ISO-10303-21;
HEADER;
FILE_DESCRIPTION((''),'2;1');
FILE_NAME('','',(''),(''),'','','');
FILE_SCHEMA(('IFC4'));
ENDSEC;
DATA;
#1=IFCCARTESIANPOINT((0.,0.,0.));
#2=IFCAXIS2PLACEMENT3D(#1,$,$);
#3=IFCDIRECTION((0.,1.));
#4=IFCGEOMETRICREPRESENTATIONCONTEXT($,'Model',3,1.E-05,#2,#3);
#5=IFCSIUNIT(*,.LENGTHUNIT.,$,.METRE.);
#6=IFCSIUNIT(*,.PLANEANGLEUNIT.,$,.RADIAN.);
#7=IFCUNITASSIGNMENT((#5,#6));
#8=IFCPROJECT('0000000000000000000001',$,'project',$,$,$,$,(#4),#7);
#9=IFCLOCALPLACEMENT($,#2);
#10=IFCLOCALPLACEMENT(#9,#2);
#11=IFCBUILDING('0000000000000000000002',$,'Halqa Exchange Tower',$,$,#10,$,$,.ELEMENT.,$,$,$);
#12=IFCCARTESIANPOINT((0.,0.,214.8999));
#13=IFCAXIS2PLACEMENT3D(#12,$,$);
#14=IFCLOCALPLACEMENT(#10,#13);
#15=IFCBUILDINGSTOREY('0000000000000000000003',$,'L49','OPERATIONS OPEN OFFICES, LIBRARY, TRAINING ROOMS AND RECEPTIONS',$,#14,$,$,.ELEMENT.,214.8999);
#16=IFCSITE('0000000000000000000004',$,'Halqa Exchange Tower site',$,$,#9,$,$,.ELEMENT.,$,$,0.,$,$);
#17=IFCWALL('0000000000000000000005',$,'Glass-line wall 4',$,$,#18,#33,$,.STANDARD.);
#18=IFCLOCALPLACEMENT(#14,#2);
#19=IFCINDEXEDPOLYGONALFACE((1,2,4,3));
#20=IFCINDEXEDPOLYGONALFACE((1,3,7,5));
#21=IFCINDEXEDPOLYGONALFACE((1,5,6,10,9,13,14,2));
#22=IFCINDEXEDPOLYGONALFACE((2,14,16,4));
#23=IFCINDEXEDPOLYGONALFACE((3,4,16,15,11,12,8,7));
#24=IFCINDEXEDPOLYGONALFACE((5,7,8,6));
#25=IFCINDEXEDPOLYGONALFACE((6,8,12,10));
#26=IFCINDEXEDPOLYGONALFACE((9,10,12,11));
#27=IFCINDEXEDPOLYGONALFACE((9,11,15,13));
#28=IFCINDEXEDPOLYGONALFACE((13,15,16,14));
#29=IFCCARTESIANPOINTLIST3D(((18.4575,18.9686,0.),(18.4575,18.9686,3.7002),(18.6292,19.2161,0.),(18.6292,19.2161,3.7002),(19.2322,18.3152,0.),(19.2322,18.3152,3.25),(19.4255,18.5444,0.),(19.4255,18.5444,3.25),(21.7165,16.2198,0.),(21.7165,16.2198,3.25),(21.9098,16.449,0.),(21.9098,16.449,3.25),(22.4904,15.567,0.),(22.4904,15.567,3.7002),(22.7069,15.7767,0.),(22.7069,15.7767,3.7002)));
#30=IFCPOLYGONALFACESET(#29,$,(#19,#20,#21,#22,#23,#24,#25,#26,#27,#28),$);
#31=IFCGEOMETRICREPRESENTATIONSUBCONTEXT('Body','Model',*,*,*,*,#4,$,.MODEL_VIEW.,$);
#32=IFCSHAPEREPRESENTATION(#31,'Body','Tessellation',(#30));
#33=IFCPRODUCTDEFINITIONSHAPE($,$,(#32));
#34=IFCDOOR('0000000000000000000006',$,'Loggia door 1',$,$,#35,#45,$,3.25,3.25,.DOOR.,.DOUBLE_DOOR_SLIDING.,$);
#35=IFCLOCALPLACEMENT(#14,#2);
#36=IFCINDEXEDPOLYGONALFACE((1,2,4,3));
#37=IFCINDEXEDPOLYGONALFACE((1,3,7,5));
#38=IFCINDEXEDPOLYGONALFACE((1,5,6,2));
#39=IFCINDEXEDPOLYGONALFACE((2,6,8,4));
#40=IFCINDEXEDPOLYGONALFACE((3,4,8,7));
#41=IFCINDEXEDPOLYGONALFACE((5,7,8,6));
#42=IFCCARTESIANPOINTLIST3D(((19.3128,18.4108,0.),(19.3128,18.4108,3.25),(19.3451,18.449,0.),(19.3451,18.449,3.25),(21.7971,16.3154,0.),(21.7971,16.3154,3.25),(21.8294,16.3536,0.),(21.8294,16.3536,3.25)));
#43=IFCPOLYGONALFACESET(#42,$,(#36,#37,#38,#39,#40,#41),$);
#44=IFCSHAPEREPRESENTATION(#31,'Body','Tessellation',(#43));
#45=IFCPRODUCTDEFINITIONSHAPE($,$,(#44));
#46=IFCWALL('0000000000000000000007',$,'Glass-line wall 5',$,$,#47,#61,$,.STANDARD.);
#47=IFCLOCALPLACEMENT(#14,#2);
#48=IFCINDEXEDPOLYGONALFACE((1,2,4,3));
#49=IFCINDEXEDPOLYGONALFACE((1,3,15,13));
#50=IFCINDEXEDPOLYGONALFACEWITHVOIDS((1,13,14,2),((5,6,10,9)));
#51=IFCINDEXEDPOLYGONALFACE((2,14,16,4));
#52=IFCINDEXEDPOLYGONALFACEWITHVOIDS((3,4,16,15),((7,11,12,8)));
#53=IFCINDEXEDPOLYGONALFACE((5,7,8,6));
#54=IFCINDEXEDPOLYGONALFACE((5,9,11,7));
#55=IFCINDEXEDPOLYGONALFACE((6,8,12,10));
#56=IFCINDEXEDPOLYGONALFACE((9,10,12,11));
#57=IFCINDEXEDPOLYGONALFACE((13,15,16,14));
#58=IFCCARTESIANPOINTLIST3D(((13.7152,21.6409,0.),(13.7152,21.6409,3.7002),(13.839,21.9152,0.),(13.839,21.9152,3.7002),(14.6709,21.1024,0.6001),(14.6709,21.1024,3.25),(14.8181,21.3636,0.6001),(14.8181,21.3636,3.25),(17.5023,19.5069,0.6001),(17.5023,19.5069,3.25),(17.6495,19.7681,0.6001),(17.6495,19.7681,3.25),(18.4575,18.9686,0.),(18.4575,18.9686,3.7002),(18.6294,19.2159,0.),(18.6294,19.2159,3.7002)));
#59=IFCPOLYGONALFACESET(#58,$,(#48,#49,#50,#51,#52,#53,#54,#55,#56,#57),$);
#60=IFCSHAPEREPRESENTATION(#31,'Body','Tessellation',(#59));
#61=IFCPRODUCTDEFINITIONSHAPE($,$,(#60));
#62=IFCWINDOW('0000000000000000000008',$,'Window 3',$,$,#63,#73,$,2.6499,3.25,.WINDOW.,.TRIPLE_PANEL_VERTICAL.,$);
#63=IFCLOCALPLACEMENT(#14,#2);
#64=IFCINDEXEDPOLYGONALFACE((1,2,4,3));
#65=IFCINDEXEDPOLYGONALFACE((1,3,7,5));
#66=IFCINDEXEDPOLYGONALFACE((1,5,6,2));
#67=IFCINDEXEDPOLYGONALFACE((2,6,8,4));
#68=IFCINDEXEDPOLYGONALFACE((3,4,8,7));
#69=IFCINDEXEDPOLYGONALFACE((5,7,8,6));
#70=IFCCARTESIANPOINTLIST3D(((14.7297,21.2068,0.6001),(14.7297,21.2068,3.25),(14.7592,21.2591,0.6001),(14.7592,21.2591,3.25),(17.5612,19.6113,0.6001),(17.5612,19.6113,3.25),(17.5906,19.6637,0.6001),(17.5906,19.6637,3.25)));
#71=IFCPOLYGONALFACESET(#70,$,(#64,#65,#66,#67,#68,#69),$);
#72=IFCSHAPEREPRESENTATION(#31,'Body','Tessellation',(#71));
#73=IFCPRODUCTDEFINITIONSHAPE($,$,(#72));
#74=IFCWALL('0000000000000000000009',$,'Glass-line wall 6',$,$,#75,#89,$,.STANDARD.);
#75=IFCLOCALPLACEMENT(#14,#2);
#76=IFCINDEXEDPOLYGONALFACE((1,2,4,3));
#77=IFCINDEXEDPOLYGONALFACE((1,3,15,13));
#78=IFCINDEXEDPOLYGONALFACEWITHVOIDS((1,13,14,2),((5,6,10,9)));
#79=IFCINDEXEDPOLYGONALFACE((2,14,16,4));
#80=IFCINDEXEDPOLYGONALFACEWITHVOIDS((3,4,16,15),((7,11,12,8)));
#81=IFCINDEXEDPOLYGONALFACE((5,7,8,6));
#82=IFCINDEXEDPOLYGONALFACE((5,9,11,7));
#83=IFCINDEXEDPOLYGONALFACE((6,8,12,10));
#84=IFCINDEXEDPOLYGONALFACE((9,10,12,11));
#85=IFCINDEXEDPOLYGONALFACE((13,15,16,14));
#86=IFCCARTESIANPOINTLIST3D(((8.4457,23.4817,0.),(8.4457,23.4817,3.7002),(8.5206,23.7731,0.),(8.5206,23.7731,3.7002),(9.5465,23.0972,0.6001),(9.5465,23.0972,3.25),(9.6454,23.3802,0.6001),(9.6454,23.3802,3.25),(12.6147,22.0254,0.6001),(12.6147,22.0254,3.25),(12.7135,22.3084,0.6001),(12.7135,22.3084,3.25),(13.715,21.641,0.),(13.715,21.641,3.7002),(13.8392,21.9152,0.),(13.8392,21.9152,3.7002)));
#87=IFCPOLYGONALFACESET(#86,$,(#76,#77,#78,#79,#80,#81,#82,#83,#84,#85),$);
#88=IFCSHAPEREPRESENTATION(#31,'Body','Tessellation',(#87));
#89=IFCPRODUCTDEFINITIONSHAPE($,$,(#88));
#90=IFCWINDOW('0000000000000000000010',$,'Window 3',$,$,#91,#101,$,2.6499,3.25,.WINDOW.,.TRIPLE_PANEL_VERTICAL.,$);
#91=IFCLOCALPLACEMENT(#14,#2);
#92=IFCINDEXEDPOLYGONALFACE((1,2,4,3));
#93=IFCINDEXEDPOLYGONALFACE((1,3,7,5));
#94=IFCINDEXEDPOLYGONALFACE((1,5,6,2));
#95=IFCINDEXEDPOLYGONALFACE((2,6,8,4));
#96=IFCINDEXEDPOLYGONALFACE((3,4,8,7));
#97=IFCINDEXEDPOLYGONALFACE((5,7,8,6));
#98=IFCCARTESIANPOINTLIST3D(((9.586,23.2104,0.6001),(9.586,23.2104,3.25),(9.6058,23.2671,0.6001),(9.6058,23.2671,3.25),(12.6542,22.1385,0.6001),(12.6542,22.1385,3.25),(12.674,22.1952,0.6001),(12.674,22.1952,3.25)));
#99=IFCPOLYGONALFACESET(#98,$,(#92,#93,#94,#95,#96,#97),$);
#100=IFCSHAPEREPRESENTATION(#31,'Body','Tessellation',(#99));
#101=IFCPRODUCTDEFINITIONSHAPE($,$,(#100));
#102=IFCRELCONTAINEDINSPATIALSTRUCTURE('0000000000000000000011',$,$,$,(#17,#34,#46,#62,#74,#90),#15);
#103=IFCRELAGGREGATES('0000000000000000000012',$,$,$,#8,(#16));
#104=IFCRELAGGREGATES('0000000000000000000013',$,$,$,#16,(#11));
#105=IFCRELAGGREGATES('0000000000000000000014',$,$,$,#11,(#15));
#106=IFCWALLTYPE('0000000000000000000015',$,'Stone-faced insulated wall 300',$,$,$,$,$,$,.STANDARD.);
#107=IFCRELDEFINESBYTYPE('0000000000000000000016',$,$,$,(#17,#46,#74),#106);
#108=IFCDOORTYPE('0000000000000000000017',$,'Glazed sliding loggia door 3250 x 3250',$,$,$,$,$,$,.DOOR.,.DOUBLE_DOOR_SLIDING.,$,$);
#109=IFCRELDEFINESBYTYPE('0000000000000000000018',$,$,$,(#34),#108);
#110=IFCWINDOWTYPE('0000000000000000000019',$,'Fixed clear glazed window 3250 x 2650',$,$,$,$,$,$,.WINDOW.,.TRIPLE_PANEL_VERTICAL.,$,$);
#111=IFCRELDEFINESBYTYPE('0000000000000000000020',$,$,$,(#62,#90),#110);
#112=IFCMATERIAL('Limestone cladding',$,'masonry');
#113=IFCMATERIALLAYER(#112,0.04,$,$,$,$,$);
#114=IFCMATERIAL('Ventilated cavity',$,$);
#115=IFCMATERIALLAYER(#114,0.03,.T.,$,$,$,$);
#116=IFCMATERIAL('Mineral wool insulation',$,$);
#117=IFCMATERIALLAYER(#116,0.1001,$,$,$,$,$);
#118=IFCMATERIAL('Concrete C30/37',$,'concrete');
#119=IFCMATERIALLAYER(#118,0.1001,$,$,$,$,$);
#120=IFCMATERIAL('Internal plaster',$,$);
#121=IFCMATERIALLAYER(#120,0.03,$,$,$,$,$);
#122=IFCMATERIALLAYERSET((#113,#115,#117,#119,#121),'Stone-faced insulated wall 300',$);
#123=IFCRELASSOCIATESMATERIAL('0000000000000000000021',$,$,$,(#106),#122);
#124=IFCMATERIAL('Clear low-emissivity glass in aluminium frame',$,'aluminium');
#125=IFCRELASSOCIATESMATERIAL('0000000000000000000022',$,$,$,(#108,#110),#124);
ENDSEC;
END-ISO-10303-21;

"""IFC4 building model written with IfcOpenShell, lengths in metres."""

from ifc_helpers import new_model, si_unit, direction, frame, frame_2d, origin, place, context, subcontext, project, spatial, polyline, rectangle, outline, extrude, material, layer, layer_set, type_object, element, fill, save


model = new_model("IFC4")

# Units and contexts
model_context = context("Model", 3, precision=1e-05, world=origin(), true_north=direction((0.0, 1.0)))
body_context = subcontext(model_context, "Body", "Model", "MODEL_VIEW")
ifc_project = project(units=[si_unit("LENGTHUNIT", "METRE"), si_unit("PLANEANGLEUNIT", "RADIAN")], contexts=[model_context])

# Site, building, storey
site_placement = place(None, origin())
site = spatial("IfcSite", under=ifc_project, at=site_placement, Name="Halqa Exchange Tower site", CompositionType="ELEMENT", RefElevation=0.0)
building_placement = place(site_placement, origin())
building = spatial("IfcBuilding", under=site, at=building_placement, Name="Halqa Exchange Tower", CompositionType="ELEMENT")
storey_placement = place(building_placement, frame((0.0, 0.0, 214.8999)))
storey = spatial("IfcBuildingStorey", under=building, at=storey_placement, Name="L49", Description="OPERATIONS OPEN OFFICES, LIBRARY, TRAINING ROOMS AND RECEPTIONS", CompositionType="ELEMENT", Elevation=214.8999)

# Wall, opening, door
ifc_material_1 = material(Name="Limestone cladding", Category="masonry")
ifc_layer_1 = layer(ifc_material_1, 0.04)
ifc_material_2 = material(Name="Ventilated cavity")
ifc_layer_2 = layer(ifc_material_2, 0.03, ventilated=True)
ifc_material_3 = material(Name="Mineral wool insulation")
ifc_layer_3 = layer(ifc_material_3, 0.1001)
ifc_material_4 = material(Name="Concrete C30/37", Category="concrete")
ifc_layer_4 = layer(ifc_material_4, 0.1001)
ifc_material_5 = material(Name="Internal plaster")
ifc_layer_5 = layer(ifc_material_5, 0.03)
ifc_layer_set_1 = layer_set([ifc_layer_1, ifc_layer_2, ifc_layer_3, ifc_layer_4, ifc_layer_5], Name="Stone-faced insulated wall 300")
wall_type_1 = type_object("IfcWallType", Name="Stone-faced insulated wall 300", PredefinedType="STANDARD", material=ifc_layer_set_1)
wall_1_placement = place(storey_placement, frame((22.5986, 15.6719, 0.0), z_axis=(0.0, 0.0, 1.0), x_axis=(-0.764398, 0.644745, 0.0)))
wall_1 = element("IfcWall", 1, at=wall_1_placement, inside=storey, type_object=wall_type_1, Name="Glass-line wall 4", PredefinedType="STANDARD", context=body_context, shape_type="SweptSolid", body=[
    extrude(outline(polyline([(-0.0151, -0.1499), (5.3193, -0.1499), (5.291, 0.1499), (0.0151, 0.1499), (-0.0151, -0.1499)])), origin(), (0.0, 0.0, 1.0), 3.7002),
])
opening_1_placement = place(wall_1_placement, frame((1.0276, 0.0, 0.0)))
opening_1 = element("IfcOpeningElement", 2, at=opening_1_placement, cuts=wall_1, PredefinedType="OPENING", context=body_context, shape_type="SweptSolid", body=[
    extrude(rectangle(XDim=3.25, YDim=3.25, at=frame_2d((1.625, 1.625))), frame((0.0, 0.1621, 0.0), z_axis=(0.0, -1.0, 0.0), x_axis=(1.0, 0.0, 0.0)), (0.0, 0.0, 1.0), 0.324),
])
ifc_material_6 = material(Name="Clear low-emissivity glass in aluminium frame", Category="aluminium")
door_type_1 = type_object("IfcDoorType", Name="Glazed sliding loggia door 3250 x 3250", OperationType="DOUBLE_DOOR_SLIDING", PredefinedType="DOOR", material=ifc_material_6)
door_1_placement = place(opening_1_placement, origin())
door_1 = element("IfcDoor", 3, at=door_1_placement, inside=storey, type_object=door_type_1, Name="Loggia door 1", OperationType="DOUBLE_DOOR_SLIDING", OverallHeight=3.25, OverallWidth=3.25, PredefinedType="DOOR", context=body_context, shape_type="SweptSolid", body=[
    extrude(rectangle(XDim=3.25, YDim=3.25, at=frame_2d((1.625, 1.625))), frame((0.0, 0.0249, 0.0), z_axis=(0.0, -1.0, 0.0), x_axis=(1.0, 0.0, 0.0)), (0.0, 0.0, 1.0), 0.05),
])
fill(opening_1, door_1)

# Walls, openings, windows
wall_2_placement = place(storey_placement, frame((18.5435, 19.0923, 0.0), z_axis=(0.0, 0.0, 1.0), x_axis=(-0.871207, 0.490916, 0.0)))
wall_2 = element("IfcWall", 4, at=wall_2_placement, inside=storey, type_object=wall_type_1, Name="Glass-line wall 5", PredefinedType="STANDARD", context=body_context, shape_type="SweptSolid", body=[
    extrude(outline(polyline([(-0.0142, -0.1499), (5.4844, -0.1499), (5.4575, 0.1499), (0.0142, 0.1499), (-0.0142, -0.1499)])), origin(), (0.0, 0.0, 1.0), 3.7002),
])
opening_2_placement = place(wall_2_placement, frame((1.1106, 0.0, 0.6001)))
opening_2 = element("IfcOpeningElement", 5, at=opening_2_placement, cuts=wall_2, PredefinedType="OPENING", context=body_context, shape_type="SweptSolid", body=[
    extrude(rectangle(XDim=3.25, YDim=2.6499, at=frame_2d((1.625, 1.325))), frame((0.0, 0.1621, 0.0), z_axis=(0.0, -1.0, 0.0), x_axis=(1.0, 0.0, 0.0)), (0.0, 0.0, 1.0), 0.324),
])
window_type = type_object("IfcWindowType", Name="Fixed clear glazed window 3250 x 2650", PartitioningType="TRIPLE_PANEL_VERTICAL", PredefinedType="WINDOW", material=ifc_material_6)
window_1_placement = place(opening_2_placement, origin())
window_1 = element("IfcWindow", 6, at=window_1_placement, inside=storey, type_object=window_type, Name="Window 3", OverallHeight=2.6499, OverallWidth=3.25, PartitioningType="TRIPLE_PANEL_VERTICAL", PredefinedType="WINDOW", context=body_context, shape_type="SweptSolid", body=[
    extrude(rectangle(XDim=3.25, YDim=2.6499, at=frame_2d((1.625, 1.325))), frame((0.0, 0.03, 0.0), z_axis=(0.0, -1.0, 0.0), x_axis=(1.0, 0.0, 0.0)), (0.0, 0.0, 1.0), 0.0601),
])
fill(opening_2, window_1)
wall_3_placement = place(storey_placement, frame((13.7771, 21.7781, 0.0), z_axis=(0.0, 0.0, 1.0), x_axis=(-0.944054, 0.329792, 0.0)))
wall_3 = element("IfcWall", 7, at=wall_3_placement, inside=storey, type_object=wall_type_1, Name="Glass-line wall 6", PredefinedType="STANDARD", context=body_context, shape_type="SweptSolid", body=[
    extrude(outline(polyline([(-0.0134, -0.1499), (5.6204, -0.1499), (5.595, 0.1499), (0.0134, 0.1499), (-0.0134, -0.1499)])), origin(), (0.0, 0.0, 1.0), 3.7002),
])
opening_3_placement = place(wall_3_placement, frame((1.179, 0.0, 0.6001)))
opening_3 = element("IfcOpeningElement", 8, at=opening_3_placement, cuts=wall_3, PredefinedType="OPENING", context=body_context, shape_type="SweptSolid", body=[
    extrude(rectangle(XDim=3.25, YDim=2.6499, at=frame_2d((1.625, 1.325))), frame((0.0, 0.1621, 0.0), z_axis=(0.0, -1.0, 0.0), x_axis=(1.0, 0.0, 0.0)), (0.0, 0.0, 1.0), 0.324),
])
window_2_placement = place(opening_3_placement, origin())
window_2 = element("IfcWindow", 9, at=window_2_placement, inside=storey, type_object=window_type, Name="Window 3", OverallHeight=2.6499, OverallWidth=3.25, PartitioningType="TRIPLE_PANEL_VERTICAL", PredefinedType="WINDOW", context=body_context, shape_type="SweptSolid", body=[
    extrude(rectangle(XDim=3.25, YDim=2.6499, at=frame_2d((1.625, 1.325))), frame((0.0, 0.03, 0.0), z_axis=(0.0, -1.0, 0.0), x_axis=(1.0, 0.0, 0.0)), (0.0, 0.0, 1.0), 0.0601),
])
fill(opening_3, window_2)

save(model, "model.ifc")
